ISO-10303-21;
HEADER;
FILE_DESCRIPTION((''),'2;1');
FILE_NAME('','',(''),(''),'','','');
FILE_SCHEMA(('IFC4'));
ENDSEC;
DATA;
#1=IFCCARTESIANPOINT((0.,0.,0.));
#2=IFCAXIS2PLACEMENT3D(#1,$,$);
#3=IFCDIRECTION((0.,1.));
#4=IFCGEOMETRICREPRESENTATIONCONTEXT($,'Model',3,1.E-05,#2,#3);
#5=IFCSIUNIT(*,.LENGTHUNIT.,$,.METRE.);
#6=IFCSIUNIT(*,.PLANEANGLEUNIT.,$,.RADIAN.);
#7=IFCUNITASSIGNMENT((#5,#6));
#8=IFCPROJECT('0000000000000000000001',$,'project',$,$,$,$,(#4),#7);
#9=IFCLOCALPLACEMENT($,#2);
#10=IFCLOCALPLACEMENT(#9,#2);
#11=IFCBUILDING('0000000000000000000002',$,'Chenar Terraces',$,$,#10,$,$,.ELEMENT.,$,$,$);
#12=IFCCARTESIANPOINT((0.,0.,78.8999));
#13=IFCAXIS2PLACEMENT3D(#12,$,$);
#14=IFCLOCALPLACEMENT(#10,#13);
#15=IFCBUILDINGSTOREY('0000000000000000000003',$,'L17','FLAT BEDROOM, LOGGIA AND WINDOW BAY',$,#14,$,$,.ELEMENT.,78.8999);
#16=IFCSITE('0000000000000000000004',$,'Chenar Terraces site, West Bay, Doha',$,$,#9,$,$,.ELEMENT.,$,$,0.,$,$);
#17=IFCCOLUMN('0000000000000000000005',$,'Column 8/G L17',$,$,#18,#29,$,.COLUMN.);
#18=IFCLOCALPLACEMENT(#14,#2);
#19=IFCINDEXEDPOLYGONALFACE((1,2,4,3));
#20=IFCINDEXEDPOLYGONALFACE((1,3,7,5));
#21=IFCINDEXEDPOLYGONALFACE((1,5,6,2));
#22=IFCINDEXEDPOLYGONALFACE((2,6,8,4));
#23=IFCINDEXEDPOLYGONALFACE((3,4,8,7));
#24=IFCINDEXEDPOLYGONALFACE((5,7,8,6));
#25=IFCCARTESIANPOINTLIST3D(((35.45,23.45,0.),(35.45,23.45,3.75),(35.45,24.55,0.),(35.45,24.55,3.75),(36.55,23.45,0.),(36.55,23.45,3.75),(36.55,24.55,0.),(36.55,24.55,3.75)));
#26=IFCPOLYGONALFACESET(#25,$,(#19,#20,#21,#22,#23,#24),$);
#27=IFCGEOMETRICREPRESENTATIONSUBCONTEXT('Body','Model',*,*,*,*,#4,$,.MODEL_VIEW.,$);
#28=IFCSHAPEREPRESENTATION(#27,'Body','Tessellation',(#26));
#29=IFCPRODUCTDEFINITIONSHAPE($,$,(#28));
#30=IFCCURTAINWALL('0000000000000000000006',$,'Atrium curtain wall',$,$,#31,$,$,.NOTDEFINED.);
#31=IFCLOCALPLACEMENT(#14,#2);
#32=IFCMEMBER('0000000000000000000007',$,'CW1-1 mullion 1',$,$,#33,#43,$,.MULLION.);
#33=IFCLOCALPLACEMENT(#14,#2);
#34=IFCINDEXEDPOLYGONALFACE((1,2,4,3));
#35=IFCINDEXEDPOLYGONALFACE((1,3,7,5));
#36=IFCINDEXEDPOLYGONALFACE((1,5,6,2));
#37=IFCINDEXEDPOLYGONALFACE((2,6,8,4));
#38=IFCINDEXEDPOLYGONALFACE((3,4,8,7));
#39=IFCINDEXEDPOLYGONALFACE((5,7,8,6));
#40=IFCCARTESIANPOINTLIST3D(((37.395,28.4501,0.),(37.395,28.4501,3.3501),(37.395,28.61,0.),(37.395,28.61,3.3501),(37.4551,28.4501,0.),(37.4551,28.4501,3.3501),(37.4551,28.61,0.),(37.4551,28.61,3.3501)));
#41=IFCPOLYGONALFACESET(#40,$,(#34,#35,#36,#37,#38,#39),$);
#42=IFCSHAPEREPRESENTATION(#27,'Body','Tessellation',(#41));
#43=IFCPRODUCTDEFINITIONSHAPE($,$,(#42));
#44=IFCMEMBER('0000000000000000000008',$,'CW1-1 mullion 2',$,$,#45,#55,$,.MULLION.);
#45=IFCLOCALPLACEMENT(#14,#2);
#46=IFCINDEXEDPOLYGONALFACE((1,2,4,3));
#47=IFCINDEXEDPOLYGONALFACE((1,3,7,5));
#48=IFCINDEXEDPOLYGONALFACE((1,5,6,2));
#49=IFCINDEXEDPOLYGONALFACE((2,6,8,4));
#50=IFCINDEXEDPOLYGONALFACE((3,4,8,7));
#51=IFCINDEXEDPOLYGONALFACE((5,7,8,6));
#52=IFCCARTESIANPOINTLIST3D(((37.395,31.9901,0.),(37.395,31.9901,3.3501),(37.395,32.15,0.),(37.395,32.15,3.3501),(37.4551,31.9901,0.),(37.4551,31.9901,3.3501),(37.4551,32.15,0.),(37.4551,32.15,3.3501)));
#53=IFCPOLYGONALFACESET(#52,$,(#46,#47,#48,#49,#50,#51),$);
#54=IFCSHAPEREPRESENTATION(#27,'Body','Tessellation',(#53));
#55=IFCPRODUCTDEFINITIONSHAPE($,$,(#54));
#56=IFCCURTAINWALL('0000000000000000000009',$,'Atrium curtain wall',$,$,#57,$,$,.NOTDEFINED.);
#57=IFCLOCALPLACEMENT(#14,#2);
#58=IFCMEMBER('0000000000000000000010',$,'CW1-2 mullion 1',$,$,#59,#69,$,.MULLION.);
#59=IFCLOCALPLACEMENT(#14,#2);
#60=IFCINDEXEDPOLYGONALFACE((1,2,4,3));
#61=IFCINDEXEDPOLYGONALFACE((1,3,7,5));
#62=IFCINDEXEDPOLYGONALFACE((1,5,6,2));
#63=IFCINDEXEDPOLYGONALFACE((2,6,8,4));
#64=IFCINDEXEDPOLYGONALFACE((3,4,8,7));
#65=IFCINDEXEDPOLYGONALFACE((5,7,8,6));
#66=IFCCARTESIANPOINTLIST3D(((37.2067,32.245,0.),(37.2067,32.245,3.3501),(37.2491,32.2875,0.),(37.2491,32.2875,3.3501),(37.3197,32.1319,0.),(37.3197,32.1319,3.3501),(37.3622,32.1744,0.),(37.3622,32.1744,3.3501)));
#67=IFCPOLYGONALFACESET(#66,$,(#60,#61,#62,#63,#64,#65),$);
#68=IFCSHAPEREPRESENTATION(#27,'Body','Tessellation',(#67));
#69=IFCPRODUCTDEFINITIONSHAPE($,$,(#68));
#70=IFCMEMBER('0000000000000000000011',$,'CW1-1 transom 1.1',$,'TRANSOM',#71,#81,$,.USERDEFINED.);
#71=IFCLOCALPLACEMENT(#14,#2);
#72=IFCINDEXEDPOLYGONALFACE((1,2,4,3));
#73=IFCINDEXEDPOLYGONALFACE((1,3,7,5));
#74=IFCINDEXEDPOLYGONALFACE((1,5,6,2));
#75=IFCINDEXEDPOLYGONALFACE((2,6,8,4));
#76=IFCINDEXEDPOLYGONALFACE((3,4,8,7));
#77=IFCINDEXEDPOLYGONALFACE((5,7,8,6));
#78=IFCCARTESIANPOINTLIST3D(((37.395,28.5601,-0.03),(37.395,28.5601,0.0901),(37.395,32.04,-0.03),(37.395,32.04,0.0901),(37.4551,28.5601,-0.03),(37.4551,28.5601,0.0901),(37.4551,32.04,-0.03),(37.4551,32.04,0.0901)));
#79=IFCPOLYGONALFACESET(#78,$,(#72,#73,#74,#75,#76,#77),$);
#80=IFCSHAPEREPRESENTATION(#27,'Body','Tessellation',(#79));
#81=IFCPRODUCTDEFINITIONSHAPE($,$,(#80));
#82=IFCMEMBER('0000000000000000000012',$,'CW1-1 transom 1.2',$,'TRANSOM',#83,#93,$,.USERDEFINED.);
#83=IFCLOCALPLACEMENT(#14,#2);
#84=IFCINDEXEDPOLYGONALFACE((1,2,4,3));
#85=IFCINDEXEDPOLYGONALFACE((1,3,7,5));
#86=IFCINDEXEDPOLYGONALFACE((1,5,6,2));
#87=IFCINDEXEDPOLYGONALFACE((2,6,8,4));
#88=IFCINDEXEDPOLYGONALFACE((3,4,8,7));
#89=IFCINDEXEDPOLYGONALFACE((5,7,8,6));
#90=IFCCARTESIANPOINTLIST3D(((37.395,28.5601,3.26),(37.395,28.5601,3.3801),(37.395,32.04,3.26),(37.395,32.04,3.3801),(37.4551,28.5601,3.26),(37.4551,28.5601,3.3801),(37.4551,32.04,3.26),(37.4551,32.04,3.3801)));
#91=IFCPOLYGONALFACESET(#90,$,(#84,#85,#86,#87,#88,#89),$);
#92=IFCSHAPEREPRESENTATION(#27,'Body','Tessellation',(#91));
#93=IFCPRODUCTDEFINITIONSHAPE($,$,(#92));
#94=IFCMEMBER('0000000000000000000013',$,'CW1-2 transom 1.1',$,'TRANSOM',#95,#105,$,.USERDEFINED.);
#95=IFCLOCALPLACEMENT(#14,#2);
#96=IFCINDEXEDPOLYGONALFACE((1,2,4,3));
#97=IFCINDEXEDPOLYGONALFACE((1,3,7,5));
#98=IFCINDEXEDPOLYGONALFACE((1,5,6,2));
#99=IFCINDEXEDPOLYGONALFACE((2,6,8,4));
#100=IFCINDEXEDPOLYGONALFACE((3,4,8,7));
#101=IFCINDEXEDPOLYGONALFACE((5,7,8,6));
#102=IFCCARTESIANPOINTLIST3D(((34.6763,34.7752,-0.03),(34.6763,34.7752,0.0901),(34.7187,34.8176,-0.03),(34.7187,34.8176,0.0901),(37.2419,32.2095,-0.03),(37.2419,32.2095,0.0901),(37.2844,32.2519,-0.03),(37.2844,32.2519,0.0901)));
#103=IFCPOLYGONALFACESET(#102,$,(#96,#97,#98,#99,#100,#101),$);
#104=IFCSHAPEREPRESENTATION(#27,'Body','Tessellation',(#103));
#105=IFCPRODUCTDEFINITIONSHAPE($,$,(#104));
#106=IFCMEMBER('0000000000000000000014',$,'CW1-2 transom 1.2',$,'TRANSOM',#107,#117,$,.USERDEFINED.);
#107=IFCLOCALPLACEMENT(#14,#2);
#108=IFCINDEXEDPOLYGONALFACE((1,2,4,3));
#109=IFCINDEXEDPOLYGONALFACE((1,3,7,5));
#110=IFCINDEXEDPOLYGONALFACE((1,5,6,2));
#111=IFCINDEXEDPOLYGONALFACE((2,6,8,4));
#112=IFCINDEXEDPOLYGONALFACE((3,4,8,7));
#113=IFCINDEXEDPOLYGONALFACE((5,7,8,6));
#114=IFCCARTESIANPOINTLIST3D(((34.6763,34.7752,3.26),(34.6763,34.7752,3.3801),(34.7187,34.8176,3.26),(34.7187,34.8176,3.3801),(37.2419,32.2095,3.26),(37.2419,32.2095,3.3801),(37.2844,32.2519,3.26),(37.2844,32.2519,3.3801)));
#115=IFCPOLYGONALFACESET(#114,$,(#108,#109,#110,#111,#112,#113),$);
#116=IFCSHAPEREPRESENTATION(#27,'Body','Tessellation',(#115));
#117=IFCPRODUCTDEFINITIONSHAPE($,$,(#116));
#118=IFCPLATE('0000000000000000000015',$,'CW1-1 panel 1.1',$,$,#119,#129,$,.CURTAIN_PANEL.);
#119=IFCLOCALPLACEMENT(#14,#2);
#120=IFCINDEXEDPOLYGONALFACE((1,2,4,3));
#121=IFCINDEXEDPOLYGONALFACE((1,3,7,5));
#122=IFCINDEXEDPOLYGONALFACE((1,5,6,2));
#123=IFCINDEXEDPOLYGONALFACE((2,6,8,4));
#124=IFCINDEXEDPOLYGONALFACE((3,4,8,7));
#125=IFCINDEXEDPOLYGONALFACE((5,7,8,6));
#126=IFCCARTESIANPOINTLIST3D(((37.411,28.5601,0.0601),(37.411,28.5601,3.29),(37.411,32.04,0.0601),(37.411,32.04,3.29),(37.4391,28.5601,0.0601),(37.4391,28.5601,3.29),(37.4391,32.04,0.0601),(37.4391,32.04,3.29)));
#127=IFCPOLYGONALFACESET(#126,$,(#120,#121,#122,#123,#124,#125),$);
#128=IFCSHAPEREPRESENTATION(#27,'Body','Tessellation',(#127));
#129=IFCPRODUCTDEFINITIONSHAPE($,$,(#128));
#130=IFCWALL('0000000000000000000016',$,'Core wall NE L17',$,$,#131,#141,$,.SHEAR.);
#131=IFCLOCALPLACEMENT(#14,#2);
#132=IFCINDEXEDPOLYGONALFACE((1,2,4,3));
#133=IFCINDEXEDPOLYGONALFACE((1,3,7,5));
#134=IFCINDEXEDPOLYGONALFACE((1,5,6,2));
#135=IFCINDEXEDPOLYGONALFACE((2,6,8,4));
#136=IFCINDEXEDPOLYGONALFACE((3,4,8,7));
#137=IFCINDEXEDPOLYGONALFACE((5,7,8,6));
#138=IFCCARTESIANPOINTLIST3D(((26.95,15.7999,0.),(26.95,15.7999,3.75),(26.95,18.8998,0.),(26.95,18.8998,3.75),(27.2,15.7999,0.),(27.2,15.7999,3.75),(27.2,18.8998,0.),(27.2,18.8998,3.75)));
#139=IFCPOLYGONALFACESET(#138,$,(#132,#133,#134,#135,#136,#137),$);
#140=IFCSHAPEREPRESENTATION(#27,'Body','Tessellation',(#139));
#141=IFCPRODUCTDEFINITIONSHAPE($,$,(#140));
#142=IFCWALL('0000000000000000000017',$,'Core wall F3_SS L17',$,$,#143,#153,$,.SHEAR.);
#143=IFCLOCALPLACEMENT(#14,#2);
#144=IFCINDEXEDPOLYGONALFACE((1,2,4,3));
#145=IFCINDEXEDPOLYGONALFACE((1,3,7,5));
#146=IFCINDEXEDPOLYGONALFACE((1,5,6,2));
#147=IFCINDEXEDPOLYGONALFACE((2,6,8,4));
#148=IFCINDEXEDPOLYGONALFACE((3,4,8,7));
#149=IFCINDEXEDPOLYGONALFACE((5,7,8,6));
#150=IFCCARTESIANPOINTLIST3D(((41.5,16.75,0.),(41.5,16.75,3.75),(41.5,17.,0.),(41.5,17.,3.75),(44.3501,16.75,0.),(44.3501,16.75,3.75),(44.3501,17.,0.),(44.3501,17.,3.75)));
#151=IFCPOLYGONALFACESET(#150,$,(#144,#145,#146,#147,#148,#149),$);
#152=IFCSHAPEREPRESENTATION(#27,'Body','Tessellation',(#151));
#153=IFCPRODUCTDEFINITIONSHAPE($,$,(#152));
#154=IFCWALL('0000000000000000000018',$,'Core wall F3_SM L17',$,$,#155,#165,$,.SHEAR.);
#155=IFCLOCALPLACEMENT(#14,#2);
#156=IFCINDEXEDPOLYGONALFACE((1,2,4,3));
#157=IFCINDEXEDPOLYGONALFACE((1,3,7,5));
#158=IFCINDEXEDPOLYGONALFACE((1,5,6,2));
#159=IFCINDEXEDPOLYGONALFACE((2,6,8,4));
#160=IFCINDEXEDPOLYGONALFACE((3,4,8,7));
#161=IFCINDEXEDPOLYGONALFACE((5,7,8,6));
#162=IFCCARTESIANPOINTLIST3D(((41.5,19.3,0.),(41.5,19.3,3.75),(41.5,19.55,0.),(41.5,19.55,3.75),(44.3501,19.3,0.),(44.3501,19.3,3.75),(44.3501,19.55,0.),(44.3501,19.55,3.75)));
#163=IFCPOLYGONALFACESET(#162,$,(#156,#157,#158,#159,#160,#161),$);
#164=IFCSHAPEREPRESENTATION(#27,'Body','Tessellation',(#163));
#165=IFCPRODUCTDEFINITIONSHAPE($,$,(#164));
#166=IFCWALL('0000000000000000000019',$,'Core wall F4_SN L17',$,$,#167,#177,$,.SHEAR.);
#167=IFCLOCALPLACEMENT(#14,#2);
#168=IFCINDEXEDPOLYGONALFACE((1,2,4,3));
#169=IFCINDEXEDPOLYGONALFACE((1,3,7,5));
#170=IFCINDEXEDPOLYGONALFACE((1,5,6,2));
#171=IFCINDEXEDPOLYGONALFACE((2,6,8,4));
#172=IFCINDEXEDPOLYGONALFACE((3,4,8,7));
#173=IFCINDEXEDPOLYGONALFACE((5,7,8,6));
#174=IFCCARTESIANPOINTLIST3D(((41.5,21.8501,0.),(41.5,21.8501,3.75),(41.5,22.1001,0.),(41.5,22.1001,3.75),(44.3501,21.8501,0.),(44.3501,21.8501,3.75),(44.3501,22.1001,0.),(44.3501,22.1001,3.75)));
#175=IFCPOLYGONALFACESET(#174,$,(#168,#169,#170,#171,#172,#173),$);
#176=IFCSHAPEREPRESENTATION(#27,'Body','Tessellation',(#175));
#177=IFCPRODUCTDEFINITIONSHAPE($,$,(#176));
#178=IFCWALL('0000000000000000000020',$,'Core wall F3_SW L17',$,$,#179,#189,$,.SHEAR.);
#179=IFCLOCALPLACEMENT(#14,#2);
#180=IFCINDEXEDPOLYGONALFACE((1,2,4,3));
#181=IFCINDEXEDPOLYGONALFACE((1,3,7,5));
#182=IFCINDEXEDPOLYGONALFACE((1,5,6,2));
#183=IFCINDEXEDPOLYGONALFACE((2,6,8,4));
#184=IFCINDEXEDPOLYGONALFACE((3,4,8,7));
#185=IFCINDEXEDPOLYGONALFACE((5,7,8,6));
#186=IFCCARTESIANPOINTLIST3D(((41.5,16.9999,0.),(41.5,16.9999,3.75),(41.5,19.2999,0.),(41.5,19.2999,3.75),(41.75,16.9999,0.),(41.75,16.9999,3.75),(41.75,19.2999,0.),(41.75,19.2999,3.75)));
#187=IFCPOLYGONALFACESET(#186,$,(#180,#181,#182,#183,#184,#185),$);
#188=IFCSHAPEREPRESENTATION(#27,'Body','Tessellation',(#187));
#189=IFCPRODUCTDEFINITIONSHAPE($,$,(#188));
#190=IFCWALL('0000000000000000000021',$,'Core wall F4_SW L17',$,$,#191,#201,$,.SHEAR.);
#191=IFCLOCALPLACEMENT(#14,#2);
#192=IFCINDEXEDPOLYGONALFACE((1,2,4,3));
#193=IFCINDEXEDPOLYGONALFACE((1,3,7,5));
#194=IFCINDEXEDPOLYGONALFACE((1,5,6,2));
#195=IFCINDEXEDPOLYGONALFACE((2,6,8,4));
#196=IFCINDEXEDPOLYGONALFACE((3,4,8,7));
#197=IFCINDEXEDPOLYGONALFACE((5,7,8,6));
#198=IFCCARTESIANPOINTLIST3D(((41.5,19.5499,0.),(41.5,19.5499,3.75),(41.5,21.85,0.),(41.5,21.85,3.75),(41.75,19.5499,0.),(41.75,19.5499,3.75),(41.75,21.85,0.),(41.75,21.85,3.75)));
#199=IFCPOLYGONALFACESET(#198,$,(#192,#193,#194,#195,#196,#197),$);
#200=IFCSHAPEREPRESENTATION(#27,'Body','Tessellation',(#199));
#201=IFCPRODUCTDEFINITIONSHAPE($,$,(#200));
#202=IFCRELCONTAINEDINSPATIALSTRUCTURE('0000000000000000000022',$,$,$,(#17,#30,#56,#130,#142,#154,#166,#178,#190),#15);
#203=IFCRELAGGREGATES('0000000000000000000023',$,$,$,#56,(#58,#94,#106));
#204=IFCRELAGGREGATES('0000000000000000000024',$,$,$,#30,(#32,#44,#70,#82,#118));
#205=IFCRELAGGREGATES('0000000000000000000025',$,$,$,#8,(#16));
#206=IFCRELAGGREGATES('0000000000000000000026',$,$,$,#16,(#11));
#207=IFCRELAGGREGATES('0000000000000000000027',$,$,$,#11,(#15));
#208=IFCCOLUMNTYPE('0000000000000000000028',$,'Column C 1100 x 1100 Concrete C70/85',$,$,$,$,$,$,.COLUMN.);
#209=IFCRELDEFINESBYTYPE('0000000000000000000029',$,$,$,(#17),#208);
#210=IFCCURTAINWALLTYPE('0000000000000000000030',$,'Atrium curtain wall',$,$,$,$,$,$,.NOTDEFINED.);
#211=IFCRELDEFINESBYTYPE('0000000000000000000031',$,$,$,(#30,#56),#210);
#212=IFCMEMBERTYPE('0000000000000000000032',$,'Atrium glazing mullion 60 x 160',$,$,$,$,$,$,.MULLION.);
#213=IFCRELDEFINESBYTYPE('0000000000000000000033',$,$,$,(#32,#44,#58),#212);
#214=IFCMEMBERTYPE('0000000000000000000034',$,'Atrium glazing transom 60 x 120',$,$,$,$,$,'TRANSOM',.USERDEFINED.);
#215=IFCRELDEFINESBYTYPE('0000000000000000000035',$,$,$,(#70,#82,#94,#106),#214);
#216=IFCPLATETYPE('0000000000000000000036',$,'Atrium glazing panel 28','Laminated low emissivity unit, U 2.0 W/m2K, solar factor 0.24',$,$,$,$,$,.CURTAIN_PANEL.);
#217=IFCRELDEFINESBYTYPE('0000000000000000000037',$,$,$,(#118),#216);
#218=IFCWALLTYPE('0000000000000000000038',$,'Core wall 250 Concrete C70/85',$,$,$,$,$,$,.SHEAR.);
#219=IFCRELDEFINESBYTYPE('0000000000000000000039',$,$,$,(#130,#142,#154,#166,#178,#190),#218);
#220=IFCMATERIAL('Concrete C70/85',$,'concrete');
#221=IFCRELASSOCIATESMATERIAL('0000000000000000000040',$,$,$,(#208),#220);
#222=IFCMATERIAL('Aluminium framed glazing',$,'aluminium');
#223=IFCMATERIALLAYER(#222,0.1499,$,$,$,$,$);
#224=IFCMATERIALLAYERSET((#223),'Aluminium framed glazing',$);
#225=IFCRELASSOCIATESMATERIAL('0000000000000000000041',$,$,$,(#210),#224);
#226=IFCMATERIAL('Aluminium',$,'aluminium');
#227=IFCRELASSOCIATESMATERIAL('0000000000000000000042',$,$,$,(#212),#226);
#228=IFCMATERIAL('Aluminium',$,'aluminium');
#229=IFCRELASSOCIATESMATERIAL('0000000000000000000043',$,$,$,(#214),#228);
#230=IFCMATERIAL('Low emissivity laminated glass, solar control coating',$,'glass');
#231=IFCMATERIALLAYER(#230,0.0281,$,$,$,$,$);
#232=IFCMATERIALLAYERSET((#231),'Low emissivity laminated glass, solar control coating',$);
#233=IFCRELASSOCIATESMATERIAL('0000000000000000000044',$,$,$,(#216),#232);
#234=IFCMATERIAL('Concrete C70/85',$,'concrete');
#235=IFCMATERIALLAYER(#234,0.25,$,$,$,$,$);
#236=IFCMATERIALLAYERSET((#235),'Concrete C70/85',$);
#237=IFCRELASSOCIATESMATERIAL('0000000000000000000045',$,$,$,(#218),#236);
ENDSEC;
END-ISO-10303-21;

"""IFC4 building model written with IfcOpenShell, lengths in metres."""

from ifc_helpers import new_model, si_unit, direction, frame, frame_2d, origin, origin_2d, place, context, subcontext, project, spatial, rectangle, extrude, material, layer, layer_set, material_profile, profile_set, type_object, element, aggregate, save


model = new_model("IFC4")

# Units and contexts
model_context = context("Model", 3, precision=1e-05, world=origin(), true_north=direction((0.0, 1.0)))
body_context = subcontext(model_context, "Body", "Model", "MODEL_VIEW")
ifc_project = project(units=[si_unit("LENGTHUNIT", "METRE"), si_unit("PLANEANGLEUNIT", "RADIAN")], contexts=[model_context])

# Site, building, storey
site_placement = place(None, origin())
site = spatial("IfcSite", under=ifc_project, at=site_placement, Name="Chenar Terraces site, West Bay, Doha", CompositionType="ELEMENT", RefElevation=0.0)
building_placement = place(site_placement, origin())
building = spatial("IfcBuilding", under=site, at=building_placement, Name="Chenar Terraces", CompositionType="ELEMENT")
storey_placement = place(building_placement, frame((0.0, 0.0, 78.8999)))
storey = spatial("IfcBuildingStorey", under=building, at=storey_placement, Name="L17", Description="FLAT BEDROOM, LOGGIA AND WINDOW BAY", CompositionType="ELEMENT", Elevation=78.8999)

# Column
ifc_material_1 = material(Name="Concrete C70/85", Category="concrete")
ifc_material_profile_1 = material_profile(ifc_material_1, rectangle(XDim=1.1001, YDim=1.1001, at=origin_2d()), Name="C 1100 x 1100")
ifc_profile_set_1 = profile_set([ifc_material_profile_1], Name="Concrete C70/85")
column_type = type_object("IfcColumnType", Name="Column C 1100 x 1100 Concrete C70/85", PredefinedType="COLUMN", material=ifc_profile_set_1)
column_placement = place(storey_placement, frame((36.0, 24.0, 0.0), z_axis=(0.0, 0.0, 1.0), x_axis=(1.0, 0.0, 0.0)))
element("IfcColumn", 1, at=column_placement, inside=storey, type_object=column_type, Name="Column 8/G L17", PredefinedType="COLUMN", context=body_context, shape_type="SweptSolid", body=[
    extrude(rectangle(XDim=1.1001, YDim=1.1001, at=origin_2d()), origin(), (0.0, 0.0, 1.0), 3.75),
])

# Curtain wall, members
ifc_material_2 = material(Name="Aluminium framed glazing", Category="aluminium")
ifc_layer_1 = layer(ifc_material_2, 0.1499)
ifc_layer_set_1 = layer_set([ifc_layer_1], Name="Aluminium framed glazing")
curtain_wall_type = type_object("IfcCurtainWallType", Name="Atrium curtain wall", PredefinedType="NOTDEFINED", material=ifc_layer_set_1)
placement = place(storey_placement, origin())
curtain_wall_1 = element("IfcCurtainWall", 2, at=placement, inside=storey, type_object=curtain_wall_type, Name="Atrium curtain wall", PredefinedType="NOTDEFINED")
ifc_material_3 = material(Name="Aluminium", Category="aluminium")
ifc_material_profile_2 = material_profile(ifc_material_3, rectangle(XDim=0.0601, YDim=0.1599, at=origin_2d()), Name="Atrium glazing mullion 60 x 160")
ifc_profile_set_2 = profile_set([ifc_material_profile_2], Name="Aluminium")
member_type_1 = type_object("IfcMemberType", Name="Atrium glazing mullion 60 x 160", PredefinedType="MULLION", material=ifc_profile_set_2)
member_1_placement = place(storey_placement, frame((37.425, 28.53, 0.0), z_axis=(0.0, 0.0, 1.0), x_axis=(-1.0, 0.0, 0.0)))
member_1 = element("IfcMember", 3, at=member_1_placement, type_object=member_type_1, Name="CW1-1 mullion 1", PredefinedType="MULLION", context=body_context, shape_type="SweptSolid", body=[
    extrude(rectangle(XDim=0.0601, YDim=0.1599, at=origin_2d()), origin(), (0.0, 0.0, 1.0), 3.3501),
])
member_2_placement = place(storey_placement, frame((37.425, 32.0701, 0.0), z_axis=(0.0, 0.0, 1.0), x_axis=(-1.0, 0.0, 0.0)))
member_2 = element("IfcMember", 4, at=member_2_placement, type_object=member_type_1, Name="CW1-1 mullion 2", PredefinedType="MULLION", context=body_context, shape_type="SweptSolid", body=[
    extrude(rectangle(XDim=0.0601, YDim=0.1599, at=origin_2d()), origin(), (0.0, 0.0, 1.0), 3.3501),
])

# Curtain wall, member
curtain_wall_2 = element("IfcCurtainWall", 5, at=placement, inside=storey, type_object=curtain_wall_type, Name="Atrium curtain wall", PredefinedType="NOTDEFINED")
member_3_placement = place(storey_placement, frame((37.2844, 32.2097, 0.0), z_axis=(0.0, 0.0, 1.0), x_axis=(-0.707107, -0.707107, 0.0)))
member_3 = element("IfcMember", 6, at=member_3_placement, type_object=member_type_1, Name="CW1-2 mullion 1", PredefinedType="MULLION", context=body_context, shape_type="SweptSolid", body=[
    extrude(rectangle(XDim=0.0601, YDim=0.1599, at=origin_2d()), origin(), (0.0, 0.0, 1.0), 3.3501),
])

# Members
ifc_material_4 = material(Name="Aluminium", Category="aluminium")
ifc_material_profile_3 = material_profile(ifc_material_4, rectangle(XDim=0.0601, YDim=0.1201, at=origin_2d()), Name="Atrium glazing transom 60 x 120")
ifc_profile_set_3 = profile_set([ifc_material_profile_3], Name="Aluminium")
member_type_2 = type_object("IfcMemberType", Name="Atrium glazing transom 60 x 120", ElementType="TRANSOM", PredefinedType="USERDEFINED", material=ifc_profile_set_3)
member_4_placement = place(storey_placement, frame((37.425, 28.5601, 0.03), z_axis=(0.0, 1.0, 0.0), x_axis=(-1.0, 0.0, 0.0)))
member_4 = element("IfcMember", 7, at=member_4_placement, type_object=member_type_2, Name="CW1-1 transom 1.1", ObjectType="TRANSOM", PredefinedType="USERDEFINED", context=body_context, shape_type="SweptSolid", body=[
    extrude(rectangle(XDim=0.0601, YDim=0.1201, at=origin_2d()), origin(), (0.0, 0.0, 1.0), 3.48),
])
member_5_placement = place(storey_placement, frame((37.425, 28.5601, 3.3201), z_axis=(0.0, 1.0, 0.0), x_axis=(-1.0, 0.0, 0.0)))
member_5 = element("IfcMember", 8, at=member_5_placement, type_object=member_type_2, Name="CW1-1 transom 1.2", ObjectType="TRANSOM", PredefinedType="USERDEFINED", context=body_context, shape_type="SweptSolid", body=[
    extrude(rectangle(XDim=0.0601, YDim=0.1201, at=origin_2d()), origin(), (0.0, 0.0, 1.0), 3.48),
])
member_6_placement = place(storey_placement, frame((37.2632, 32.2307, 0.03), z_axis=(-0.707107, 0.707107, 0.0), x_axis=(-0.707107, -0.707107, 0.0)))
member_6 = element("IfcMember", 9, at=member_6_placement, type_object=member_type_2, Name="CW1-2 transom 1.1", ObjectType="TRANSOM", PredefinedType="USERDEFINED", context=body_context, shape_type="SweptSolid", body=[
    extrude(rectangle(XDim=0.0601, YDim=0.1201, at=origin_2d()), origin(), (0.0, 0.0, 1.0), 3.6284),
])
member_7_placement = place(storey_placement, frame((37.2632, 32.2307, 3.3201), z_axis=(-0.707107, 0.707107, 0.0), x_axis=(-0.707107, -0.707107, 0.0)))
member_7 = element("IfcMember", 10, at=member_7_placement, type_object=member_type_2, Name="CW1-2 transom 1.2", ObjectType="TRANSOM", PredefinedType="USERDEFINED", context=body_context, shape_type="SweptSolid", body=[
    extrude(rectangle(XDim=0.0601, YDim=0.1201, at=origin_2d()), origin(), (0.0, 0.0, 1.0), 3.6284),
])
aggregate(curtain_wall_2, [member_3, member_6, member_7])

# Plate
ifc_material_5 = material(Name="Low emissivity laminated glass, solar control coating", Category="glass")
ifc_layer_2 = layer(ifc_material_5, 0.0281)
ifc_layer_set_2 = layer_set([ifc_layer_2], Name="Low emissivity laminated glass, solar control coating")
plate_type = type_object("IfcPlateType", Name="Atrium glazing panel 28", Description="Laminated low emissivity unit, U 2.0 W/m2K, solar factor 0.24", PredefinedType="CURTAIN_PANEL", material=ifc_layer_set_2)
plate_placement = place(storey_placement, frame((37.425, 30.3, 0.0601), z_axis=(0.0, 0.0, 1.0), x_axis=(0.0, 1.0, 0.0)))
plate = element("IfcPlate", 11, at=plate_placement, type_object=plate_type, Name="CW1-1 panel 1.1", PredefinedType="CURTAIN_PANEL", context=body_context, shape_type="SweptSolid", body=[
    extrude(rectangle(XDim=3.48, YDim=0.0281, at=origin_2d()), origin(), (0.0, 0.0, 1.0), 3.23),
])
aggregate(curtain_wall_1, [member_1, member_2, member_4, member_5, plate])

# Walls
ifc_material_6 = material(Name="Concrete C70/85", Category="concrete")
ifc_layer_3 = layer(ifc_material_6, 0.25)
ifc_layer_set_3 = layer_set([ifc_layer_3], Name="Concrete C70/85")
wall_type_1 = type_object("IfcWallType", Name="Core wall 250 Concrete C70/85", PredefinedType="SHEAR", material=ifc_layer_set_3)
wall_1_placement = place(storey_placement, frame((27.075, 15.8, 0.0), z_axis=(0.0, 0.0, 1.0), x_axis=(0.0, 1.0, 0.0)))
element("IfcWall", 12, at=wall_1_placement, inside=storey, type_object=wall_type_1, Name="Core wall NE L17", PredefinedType="SHEAR", context=body_context, shape_type="SweptSolid", body=[
    extrude(rectangle(XDim=3.0999, YDim=0.25, at=frame_2d((1.5498, 0.0))), origin(), (0.0, 0.0, 1.0), 3.75),
])
for number, where, z_axis, x_axis, name in (
    (13, (41.5, 16.875, 0.0), (0.0, 0.0, 1.0), (1.0, 0.0, 0.0), "Core wall F3_SS L17"),
    (14, (41.5, 19.425, 0.0), (0.0, 0.0, 1.0), (1.0, 0.0, 0.0), "Core wall F3_SM L17"),
    (15, (41.5, 21.9751, 0.0), (0.0, 0.0, 1.0), (1.0, 0.0, 0.0), "Core wall F4_SN L17"),
):
    element("IfcWall", number, at=place(storey_placement, frame(where, z_axis=z_axis, x_axis=x_axis)), inside=storey, type_object=wall_type_1, Name=name, PredefinedType="SHEAR", context=body_context, shape_type="SweptSolid", body=[
        extrude(rectangle(XDim=2.8501, YDim=0.25, at=frame_2d((1.425, 0.0))), origin(), (0.0, 0.0, 1.0), 3.75),
    ])
for number, where, z_axis, x_axis, name in (
    (16, (41.625, 17.0, 0.0), (0.0, 0.0, 1.0), (0.0, 1.0, 0.0), "Core wall F3_SW L17"),
    (17, (41.625, 19.55, 0.0), (0.0, 0.0, 1.0), (0.0, 1.0, 0.0), "Core wall F4_SW L17"),
):
    element("IfcWall", number, at=place(storey_placement, frame(where, z_axis=z_axis, x_axis=x_axis)), inside=storey, type_object=wall_type_1, Name=name, PredefinedType="SHEAR", context=body_context, shape_type="SweptSolid", body=[
        extrude(rectangle(XDim=2.3, YDim=0.25, at=frame_2d((1.1499, 0.0))), origin(), (0.0, 0.0, 1.0), 3.75),
    ])

save(model, "model.ifc")
